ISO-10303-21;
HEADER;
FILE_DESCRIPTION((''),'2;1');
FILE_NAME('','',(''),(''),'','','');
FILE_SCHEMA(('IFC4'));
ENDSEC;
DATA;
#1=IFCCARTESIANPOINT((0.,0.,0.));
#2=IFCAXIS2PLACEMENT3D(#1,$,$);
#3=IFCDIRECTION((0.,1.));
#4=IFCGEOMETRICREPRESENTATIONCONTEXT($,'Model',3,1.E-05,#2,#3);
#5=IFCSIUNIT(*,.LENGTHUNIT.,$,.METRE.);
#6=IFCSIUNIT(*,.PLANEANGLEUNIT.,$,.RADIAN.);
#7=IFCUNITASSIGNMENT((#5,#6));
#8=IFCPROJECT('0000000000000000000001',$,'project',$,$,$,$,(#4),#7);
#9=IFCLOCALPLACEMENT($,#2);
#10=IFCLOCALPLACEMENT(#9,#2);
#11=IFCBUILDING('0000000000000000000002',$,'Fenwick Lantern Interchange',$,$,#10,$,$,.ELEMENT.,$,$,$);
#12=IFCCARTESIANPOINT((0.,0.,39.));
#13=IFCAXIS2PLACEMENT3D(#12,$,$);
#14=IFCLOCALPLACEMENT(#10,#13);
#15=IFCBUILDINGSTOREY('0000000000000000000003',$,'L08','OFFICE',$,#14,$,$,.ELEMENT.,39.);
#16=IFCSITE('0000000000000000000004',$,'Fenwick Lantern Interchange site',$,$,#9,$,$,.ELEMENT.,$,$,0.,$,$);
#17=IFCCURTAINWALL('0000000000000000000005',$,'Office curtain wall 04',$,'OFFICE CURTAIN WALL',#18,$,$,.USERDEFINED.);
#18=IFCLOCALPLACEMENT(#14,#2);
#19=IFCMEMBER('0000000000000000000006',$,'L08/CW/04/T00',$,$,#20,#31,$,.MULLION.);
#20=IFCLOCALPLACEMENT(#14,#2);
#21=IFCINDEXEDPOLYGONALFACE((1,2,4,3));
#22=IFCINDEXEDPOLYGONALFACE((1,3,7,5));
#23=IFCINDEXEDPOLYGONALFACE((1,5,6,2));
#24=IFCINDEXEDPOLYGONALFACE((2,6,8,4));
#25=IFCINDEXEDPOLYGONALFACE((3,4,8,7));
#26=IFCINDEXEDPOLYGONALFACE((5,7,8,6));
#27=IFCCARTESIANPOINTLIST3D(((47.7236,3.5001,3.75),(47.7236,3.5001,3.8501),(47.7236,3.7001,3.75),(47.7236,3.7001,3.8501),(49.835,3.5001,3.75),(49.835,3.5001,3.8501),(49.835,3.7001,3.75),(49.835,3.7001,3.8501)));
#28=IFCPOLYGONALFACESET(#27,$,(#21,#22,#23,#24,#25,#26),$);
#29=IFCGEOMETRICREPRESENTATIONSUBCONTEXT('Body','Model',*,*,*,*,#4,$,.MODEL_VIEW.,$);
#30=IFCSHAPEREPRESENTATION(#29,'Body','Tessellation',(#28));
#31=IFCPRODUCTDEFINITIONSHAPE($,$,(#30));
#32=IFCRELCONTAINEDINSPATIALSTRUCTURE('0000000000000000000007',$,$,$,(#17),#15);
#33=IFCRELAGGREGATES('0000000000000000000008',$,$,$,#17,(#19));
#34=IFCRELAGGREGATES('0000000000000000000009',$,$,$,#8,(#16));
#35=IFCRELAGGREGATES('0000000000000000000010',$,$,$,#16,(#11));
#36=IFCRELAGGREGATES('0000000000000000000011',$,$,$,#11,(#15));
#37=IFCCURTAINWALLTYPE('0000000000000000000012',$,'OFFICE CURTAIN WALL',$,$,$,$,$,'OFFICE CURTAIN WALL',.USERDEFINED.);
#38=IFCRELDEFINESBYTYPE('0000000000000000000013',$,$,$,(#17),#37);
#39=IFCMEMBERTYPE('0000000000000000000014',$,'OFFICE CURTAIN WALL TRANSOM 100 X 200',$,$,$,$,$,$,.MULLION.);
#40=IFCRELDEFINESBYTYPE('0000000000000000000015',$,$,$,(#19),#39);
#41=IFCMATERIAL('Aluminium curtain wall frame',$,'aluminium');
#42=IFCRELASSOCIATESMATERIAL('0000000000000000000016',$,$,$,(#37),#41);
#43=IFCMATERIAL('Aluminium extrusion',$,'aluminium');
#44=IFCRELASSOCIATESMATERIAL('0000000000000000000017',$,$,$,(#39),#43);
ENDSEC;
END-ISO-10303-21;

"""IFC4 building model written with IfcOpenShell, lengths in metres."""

from ifc_helpers import new_model, si_unit, direction, frame, origin, origin_2d, place, context, subcontext, project, spatial, rectangle, extrude, material, material_profile, profile_set, type_object, element, aggregate, save


model = new_model("IFC4")

# Units and contexts
model_context = context("Model", 3, precision=1e-05, world=origin(), true_north=direction((0.0, 1.0)))
body_context = subcontext(model_context, "Body", "Model", "MODEL_VIEW")
ifc_project = project(units=[si_unit("LENGTHUNIT", "METRE"), si_unit("PLANEANGLEUNIT", "RADIAN")], contexts=[model_context])

# Site, building, storey
site_placement = place(None, origin())
site = spatial("IfcSite", under=ifc_project, at=site_placement, Name="Fenwick Lantern Interchange site", CompositionType="ELEMENT", RefElevation=0.0)
building_placement = place(site_placement, origin())
building = spatial("IfcBuilding", under=site, at=building_placement, Name="Fenwick Lantern Interchange", CompositionType="ELEMENT")
storey_placement = place(building_placement, frame((0.0, 0.0, 39.0)))
storey = spatial("IfcBuildingStorey", under=building, at=storey_placement, Name="L08", Description="OFFICE", CompositionType="ELEMENT", Elevation=39.0)

# Curtain wall
ifc_material_1 = material(Name="Aluminium curtain wall frame", Category="aluminium")
curtain_wall_type = type_object("IfcCurtainWallType", Name="OFFICE CURTAIN WALL", ElementType="OFFICE CURTAIN WALL", PredefinedType="USERDEFINED", material=ifc_material_1)
ifc_material_2 = material(Name="Aluminium extrusion", Category="aluminium")
curtain_wall_1_placement = place(storey_placement, origin())
curtain_wall_1 = element("IfcCurtainWall", 1, at=curtain_wall_1_placement, inside=storey, type_object=curtain_wall_type, Name="Office curtain wall 04", ObjectType="OFFICE CURTAIN WALL", PredefinedType="USERDEFINED")

# Member
ifc_material_profile_1 = material_profile(ifc_material_2, rectangle(XDim=0.2, YDim=0.1001, at=origin_2d()), Name="OFFICE CURTAIN WALL TRANSOM 100 X 200")
ifc_profile_set_1 = profile_set([ifc_material_profile_1], Name="Aluminium extrusion")
member_type_1 = type_object("IfcMemberType", Name="OFFICE CURTAIN WALL TRANSOM 100 X 200", PredefinedType="MULLION", material=ifc_profile_set_1)
member_1_placement = place(storey_placement, frame((47.7236, 3.6001, 3.8), z_axis=(1.0, 0.0, 0.0), x_axis=(0.0, 1.0, 0.0)))
member_1 = element("IfcMember", 2, at=member_1_placement, type_object=member_type_1, Name="L08/CW/04/T00", PredefinedType="MULLION", context=body_context, shape_type="SweptSolid", body=[
    extrude(rectangle(XDim=0.2, YDim=0.1001, at=origin_2d()), origin(), (0.0, 0.0, 1.0), 2.1113),
])
aggregate(curtain_wall_1, [member_1])

save(model, "model.ifc")
